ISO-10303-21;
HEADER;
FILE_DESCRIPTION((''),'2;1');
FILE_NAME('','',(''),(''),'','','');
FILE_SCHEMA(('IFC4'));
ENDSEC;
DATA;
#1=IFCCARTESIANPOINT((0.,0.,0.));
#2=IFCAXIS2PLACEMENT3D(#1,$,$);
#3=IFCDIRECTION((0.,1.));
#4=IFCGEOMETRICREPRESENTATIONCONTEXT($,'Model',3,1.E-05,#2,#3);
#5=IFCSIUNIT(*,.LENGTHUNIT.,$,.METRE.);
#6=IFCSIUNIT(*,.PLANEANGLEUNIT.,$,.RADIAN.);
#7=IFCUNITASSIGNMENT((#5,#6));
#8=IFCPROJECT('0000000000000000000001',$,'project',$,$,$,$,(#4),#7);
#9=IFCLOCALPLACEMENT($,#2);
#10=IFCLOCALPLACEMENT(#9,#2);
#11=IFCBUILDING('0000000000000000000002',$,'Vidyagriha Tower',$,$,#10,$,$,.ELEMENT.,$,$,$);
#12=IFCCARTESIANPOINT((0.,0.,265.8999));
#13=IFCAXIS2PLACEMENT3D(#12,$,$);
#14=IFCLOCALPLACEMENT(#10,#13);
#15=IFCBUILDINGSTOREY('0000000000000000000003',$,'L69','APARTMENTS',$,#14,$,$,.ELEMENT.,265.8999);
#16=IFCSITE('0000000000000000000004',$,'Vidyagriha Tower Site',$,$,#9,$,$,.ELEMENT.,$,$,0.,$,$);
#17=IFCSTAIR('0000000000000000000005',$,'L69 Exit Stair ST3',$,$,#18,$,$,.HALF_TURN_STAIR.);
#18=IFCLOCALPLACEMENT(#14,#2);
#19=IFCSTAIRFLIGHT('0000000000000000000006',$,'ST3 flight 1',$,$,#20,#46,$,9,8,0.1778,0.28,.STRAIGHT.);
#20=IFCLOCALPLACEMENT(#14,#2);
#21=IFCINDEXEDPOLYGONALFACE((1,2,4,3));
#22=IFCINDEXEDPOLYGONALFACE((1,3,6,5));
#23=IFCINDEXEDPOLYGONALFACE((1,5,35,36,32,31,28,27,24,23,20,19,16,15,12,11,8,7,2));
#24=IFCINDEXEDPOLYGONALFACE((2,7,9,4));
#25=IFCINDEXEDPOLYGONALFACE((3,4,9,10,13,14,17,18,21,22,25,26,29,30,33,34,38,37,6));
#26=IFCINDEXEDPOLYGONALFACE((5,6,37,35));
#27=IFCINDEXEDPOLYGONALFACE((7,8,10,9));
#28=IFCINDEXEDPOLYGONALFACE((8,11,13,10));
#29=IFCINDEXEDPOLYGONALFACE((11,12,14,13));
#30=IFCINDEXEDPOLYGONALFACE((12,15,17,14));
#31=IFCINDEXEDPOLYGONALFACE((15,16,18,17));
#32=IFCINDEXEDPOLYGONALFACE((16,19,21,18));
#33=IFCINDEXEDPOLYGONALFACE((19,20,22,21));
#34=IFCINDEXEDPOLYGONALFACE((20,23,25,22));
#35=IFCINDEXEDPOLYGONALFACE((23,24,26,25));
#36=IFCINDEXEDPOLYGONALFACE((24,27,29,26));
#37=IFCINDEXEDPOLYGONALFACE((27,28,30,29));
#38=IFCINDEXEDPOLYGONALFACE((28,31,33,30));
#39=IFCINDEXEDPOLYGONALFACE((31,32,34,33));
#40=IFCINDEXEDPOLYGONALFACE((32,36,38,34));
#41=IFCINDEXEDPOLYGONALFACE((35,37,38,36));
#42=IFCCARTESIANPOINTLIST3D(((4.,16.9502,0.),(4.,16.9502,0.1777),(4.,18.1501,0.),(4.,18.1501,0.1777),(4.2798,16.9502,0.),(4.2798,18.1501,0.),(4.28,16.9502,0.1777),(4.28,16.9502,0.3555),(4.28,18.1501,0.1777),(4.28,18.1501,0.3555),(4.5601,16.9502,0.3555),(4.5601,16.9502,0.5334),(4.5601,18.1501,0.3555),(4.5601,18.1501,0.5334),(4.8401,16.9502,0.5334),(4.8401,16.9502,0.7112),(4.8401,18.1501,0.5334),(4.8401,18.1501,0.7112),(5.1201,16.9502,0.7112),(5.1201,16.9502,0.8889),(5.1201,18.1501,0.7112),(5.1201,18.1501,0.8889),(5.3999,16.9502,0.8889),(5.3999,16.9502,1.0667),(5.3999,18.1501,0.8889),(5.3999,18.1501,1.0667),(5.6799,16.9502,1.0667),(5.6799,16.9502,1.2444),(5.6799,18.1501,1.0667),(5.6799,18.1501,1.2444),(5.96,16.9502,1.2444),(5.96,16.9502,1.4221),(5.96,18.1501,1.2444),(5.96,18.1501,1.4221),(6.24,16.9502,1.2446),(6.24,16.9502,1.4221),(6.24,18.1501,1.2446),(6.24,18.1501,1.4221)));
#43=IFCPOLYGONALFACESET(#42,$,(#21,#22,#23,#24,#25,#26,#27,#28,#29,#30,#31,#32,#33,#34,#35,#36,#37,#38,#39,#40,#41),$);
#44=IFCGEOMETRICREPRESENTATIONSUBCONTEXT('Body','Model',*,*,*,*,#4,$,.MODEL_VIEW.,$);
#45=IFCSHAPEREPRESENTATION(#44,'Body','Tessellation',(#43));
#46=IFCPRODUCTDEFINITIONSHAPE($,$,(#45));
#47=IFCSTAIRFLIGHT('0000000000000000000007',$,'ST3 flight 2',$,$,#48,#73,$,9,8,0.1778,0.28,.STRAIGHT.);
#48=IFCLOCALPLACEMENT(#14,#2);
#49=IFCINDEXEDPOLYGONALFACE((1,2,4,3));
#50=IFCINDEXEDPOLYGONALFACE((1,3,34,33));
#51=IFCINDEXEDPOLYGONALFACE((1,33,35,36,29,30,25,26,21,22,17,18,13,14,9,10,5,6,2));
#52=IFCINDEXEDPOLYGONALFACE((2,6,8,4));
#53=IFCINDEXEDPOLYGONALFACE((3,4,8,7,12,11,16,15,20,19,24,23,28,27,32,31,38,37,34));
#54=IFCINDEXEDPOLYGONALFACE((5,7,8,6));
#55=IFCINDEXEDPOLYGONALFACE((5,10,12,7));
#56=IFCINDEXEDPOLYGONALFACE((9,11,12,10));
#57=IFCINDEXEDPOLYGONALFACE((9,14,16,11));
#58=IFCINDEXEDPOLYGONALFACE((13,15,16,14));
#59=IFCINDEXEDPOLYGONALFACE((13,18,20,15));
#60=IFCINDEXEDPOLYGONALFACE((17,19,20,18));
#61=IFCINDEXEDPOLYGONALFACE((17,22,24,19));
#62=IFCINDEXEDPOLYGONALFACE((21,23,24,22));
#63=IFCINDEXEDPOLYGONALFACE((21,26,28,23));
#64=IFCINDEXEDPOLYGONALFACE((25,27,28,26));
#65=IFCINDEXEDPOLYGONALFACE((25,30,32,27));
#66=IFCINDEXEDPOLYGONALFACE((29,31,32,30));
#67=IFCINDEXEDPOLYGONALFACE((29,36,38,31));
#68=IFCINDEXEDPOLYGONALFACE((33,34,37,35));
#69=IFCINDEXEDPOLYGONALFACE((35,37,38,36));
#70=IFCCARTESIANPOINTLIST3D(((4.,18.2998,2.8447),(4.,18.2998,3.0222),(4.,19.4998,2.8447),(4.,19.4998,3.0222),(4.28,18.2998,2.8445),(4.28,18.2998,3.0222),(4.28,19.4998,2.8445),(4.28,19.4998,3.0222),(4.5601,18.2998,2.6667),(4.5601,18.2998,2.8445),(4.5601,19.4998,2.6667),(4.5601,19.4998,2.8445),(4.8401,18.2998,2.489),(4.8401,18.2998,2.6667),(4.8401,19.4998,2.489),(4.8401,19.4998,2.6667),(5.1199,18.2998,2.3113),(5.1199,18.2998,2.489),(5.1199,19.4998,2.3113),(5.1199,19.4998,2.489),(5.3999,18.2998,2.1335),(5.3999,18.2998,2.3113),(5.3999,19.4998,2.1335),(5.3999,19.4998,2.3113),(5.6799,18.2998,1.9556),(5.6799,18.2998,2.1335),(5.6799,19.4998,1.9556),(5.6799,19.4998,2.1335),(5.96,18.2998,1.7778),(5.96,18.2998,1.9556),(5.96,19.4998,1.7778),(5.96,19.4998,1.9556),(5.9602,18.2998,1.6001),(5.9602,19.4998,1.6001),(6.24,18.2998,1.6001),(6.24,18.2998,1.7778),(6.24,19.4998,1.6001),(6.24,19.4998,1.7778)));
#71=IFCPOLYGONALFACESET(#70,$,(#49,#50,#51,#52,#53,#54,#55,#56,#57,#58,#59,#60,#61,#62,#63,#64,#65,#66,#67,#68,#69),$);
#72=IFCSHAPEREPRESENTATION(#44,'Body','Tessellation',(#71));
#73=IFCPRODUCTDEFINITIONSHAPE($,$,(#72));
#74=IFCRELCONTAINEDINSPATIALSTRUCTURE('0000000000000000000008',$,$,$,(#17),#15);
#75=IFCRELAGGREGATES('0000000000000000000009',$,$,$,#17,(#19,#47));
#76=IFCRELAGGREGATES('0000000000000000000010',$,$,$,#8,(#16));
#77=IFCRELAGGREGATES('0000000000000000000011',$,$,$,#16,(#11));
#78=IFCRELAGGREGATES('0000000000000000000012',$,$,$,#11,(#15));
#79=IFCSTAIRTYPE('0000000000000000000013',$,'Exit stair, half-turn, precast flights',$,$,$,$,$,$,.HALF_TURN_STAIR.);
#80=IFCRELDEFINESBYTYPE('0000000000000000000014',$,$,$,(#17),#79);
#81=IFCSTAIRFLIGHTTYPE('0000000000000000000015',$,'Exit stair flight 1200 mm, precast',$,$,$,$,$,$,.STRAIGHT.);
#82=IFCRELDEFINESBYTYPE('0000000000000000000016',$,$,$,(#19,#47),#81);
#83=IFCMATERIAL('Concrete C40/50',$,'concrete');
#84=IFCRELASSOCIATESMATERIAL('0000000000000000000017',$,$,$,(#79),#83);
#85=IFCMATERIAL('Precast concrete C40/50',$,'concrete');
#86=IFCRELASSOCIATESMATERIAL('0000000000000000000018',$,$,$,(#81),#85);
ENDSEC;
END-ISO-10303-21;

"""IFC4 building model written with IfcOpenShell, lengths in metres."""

from ifc_helpers import new_model, si_unit, direction, frame, origin, place, context, subcontext, project, spatial, polyline, outline, extrude, material, type_object, element, aggregate, save


model = new_model("IFC4")

# Units and contexts
model_context = context("Model", 3, precision=1e-05, world=origin(), true_north=direction((0.0, 1.0)))
body_context = subcontext(model_context, "Body", "Model", "MODEL_VIEW")
ifc_project = project(units=[si_unit("LENGTHUNIT", "METRE"), si_unit("PLANEANGLEUNIT", "RADIAN")], contexts=[model_context])

# Site, building, storey
site_placement = place(None, origin())
site = spatial("IfcSite", under=ifc_project, at=site_placement, Name="Vidyagriha Tower Site", CompositionType="ELEMENT", RefElevation=0.0)
building_placement = place(site_placement, origin())
building = spatial("IfcBuilding", under=site, at=building_placement, Name="Vidyagriha Tower", CompositionType="ELEMENT")
storey_placement = place(building_placement, frame((0.0, 0.0, 265.8999)))
storey = spatial("IfcBuildingStorey", under=building, at=storey_placement, Name="L69", Description="APARTMENTS", CompositionType="ELEMENT", Elevation=265.8999)

# Stair, stair flights
ifc_material_1 = material(Name="Concrete C40/50", Category="concrete")
stair_type = type_object("IfcStairType", Name="Exit stair, half-turn, precast flights", PredefinedType="HALF_TURN_STAIR", material=ifc_material_1)
stair_placement = place(storey_placement, origin())
stair = element("IfcStair", 1, at=stair_placement, inside=storey, type_object=stair_type, Name="L69 Exit Stair ST3", PredefinedType="HALF_TURN_STAIR")
ifc_material_2 = material(Name="Precast concrete C40/50", Category="concrete")
stair_flight_type = type_object("IfcStairFlightType", Name="Exit stair flight 1200 mm, precast", PredefinedType="STRAIGHT", material=ifc_material_2)
stair_flight_1_placement = place(storey_placement, frame((4.0, 17.55, 0.0)))
stair_flight_1 = element("IfcStairFlight", 2, at=stair_flight_1_placement, type_object=stair_flight_type, Name="ST3 flight 1", NumberOfRisers=9, NumberOfTreads=8, PredefinedType="STRAIGHT", RiserHeight=0.1778, TreadLength=0.28, context=body_context, shape_type="SweptSolid", body=[
    extrude(outline(polyline([(0.0, 0.0), (0.0, 0.1777), (0.28, 0.1777), (0.28, 0.3555), (0.5601, 0.3555), (0.5601, 0.5334), (0.8401, 0.5334), (0.8401, 0.7112), (1.1201, 0.7112), (1.1201, 0.8889), (1.3999, 0.8889), (1.3999, 1.0667), (1.6799, 1.0667), (1.6799, 1.2444), (1.96, 1.2444), (1.96, 1.4221), (2.24, 1.4221), (2.24, 1.6001), (2.24, 1.2446), (0.2798, 0.0), (0.0, 0.0)])), frame((0.0, 0.6001, 0.0), z_axis=(0.0, -1.0, 0.0), x_axis=(1.0, 0.0, 0.0)), (0.0, 0.0, 1.0), 1.2),
])
stair_flight_2_placement = place(storey_placement, frame((6.24, 18.8999, 1.6001), z_axis=(0.0, 0.0, 1.0), x_axis=(-1.0, 0.0, 0.0)))
stair_flight_2 = element("IfcStairFlight", 3, at=stair_flight_2_placement, type_object=stair_flight_type, Name="ST3 flight 2", NumberOfRisers=9, NumberOfTreads=8, PredefinedType="STRAIGHT", RiserHeight=0.1778, TreadLength=0.28, context=body_context, shape_type="SweptSolid", body=[
    extrude(outline(polyline([(0.0, 0.0), (0.0, 0.1777), (0.28, 0.1777), (0.28, 0.3555), (0.5601, 0.3555), (0.5601, 0.5334), (0.8401, 0.5334), (0.8401, 0.7112), (1.1201, 0.7112), (1.1201, 0.8889), (1.3999, 0.8889), (1.3999, 1.0667), (1.6799, 1.0667), (1.6799, 1.2444), (1.96, 1.2444), (1.96, 1.4221), (2.24, 1.4221), (2.24, 1.6001), (2.24, 1.2446), (0.2798, 0.0), (0.0, 0.0)])), frame((0.0, 0.6001, 0.0), z_axis=(0.0, -1.0, 0.0), x_axis=(1.0, 0.0, 0.0)), (0.0, 0.0, 1.0), 1.2),
])
aggregate(stair, [stair_flight_1, stair_flight_2])

save(model, "model.ifc")
